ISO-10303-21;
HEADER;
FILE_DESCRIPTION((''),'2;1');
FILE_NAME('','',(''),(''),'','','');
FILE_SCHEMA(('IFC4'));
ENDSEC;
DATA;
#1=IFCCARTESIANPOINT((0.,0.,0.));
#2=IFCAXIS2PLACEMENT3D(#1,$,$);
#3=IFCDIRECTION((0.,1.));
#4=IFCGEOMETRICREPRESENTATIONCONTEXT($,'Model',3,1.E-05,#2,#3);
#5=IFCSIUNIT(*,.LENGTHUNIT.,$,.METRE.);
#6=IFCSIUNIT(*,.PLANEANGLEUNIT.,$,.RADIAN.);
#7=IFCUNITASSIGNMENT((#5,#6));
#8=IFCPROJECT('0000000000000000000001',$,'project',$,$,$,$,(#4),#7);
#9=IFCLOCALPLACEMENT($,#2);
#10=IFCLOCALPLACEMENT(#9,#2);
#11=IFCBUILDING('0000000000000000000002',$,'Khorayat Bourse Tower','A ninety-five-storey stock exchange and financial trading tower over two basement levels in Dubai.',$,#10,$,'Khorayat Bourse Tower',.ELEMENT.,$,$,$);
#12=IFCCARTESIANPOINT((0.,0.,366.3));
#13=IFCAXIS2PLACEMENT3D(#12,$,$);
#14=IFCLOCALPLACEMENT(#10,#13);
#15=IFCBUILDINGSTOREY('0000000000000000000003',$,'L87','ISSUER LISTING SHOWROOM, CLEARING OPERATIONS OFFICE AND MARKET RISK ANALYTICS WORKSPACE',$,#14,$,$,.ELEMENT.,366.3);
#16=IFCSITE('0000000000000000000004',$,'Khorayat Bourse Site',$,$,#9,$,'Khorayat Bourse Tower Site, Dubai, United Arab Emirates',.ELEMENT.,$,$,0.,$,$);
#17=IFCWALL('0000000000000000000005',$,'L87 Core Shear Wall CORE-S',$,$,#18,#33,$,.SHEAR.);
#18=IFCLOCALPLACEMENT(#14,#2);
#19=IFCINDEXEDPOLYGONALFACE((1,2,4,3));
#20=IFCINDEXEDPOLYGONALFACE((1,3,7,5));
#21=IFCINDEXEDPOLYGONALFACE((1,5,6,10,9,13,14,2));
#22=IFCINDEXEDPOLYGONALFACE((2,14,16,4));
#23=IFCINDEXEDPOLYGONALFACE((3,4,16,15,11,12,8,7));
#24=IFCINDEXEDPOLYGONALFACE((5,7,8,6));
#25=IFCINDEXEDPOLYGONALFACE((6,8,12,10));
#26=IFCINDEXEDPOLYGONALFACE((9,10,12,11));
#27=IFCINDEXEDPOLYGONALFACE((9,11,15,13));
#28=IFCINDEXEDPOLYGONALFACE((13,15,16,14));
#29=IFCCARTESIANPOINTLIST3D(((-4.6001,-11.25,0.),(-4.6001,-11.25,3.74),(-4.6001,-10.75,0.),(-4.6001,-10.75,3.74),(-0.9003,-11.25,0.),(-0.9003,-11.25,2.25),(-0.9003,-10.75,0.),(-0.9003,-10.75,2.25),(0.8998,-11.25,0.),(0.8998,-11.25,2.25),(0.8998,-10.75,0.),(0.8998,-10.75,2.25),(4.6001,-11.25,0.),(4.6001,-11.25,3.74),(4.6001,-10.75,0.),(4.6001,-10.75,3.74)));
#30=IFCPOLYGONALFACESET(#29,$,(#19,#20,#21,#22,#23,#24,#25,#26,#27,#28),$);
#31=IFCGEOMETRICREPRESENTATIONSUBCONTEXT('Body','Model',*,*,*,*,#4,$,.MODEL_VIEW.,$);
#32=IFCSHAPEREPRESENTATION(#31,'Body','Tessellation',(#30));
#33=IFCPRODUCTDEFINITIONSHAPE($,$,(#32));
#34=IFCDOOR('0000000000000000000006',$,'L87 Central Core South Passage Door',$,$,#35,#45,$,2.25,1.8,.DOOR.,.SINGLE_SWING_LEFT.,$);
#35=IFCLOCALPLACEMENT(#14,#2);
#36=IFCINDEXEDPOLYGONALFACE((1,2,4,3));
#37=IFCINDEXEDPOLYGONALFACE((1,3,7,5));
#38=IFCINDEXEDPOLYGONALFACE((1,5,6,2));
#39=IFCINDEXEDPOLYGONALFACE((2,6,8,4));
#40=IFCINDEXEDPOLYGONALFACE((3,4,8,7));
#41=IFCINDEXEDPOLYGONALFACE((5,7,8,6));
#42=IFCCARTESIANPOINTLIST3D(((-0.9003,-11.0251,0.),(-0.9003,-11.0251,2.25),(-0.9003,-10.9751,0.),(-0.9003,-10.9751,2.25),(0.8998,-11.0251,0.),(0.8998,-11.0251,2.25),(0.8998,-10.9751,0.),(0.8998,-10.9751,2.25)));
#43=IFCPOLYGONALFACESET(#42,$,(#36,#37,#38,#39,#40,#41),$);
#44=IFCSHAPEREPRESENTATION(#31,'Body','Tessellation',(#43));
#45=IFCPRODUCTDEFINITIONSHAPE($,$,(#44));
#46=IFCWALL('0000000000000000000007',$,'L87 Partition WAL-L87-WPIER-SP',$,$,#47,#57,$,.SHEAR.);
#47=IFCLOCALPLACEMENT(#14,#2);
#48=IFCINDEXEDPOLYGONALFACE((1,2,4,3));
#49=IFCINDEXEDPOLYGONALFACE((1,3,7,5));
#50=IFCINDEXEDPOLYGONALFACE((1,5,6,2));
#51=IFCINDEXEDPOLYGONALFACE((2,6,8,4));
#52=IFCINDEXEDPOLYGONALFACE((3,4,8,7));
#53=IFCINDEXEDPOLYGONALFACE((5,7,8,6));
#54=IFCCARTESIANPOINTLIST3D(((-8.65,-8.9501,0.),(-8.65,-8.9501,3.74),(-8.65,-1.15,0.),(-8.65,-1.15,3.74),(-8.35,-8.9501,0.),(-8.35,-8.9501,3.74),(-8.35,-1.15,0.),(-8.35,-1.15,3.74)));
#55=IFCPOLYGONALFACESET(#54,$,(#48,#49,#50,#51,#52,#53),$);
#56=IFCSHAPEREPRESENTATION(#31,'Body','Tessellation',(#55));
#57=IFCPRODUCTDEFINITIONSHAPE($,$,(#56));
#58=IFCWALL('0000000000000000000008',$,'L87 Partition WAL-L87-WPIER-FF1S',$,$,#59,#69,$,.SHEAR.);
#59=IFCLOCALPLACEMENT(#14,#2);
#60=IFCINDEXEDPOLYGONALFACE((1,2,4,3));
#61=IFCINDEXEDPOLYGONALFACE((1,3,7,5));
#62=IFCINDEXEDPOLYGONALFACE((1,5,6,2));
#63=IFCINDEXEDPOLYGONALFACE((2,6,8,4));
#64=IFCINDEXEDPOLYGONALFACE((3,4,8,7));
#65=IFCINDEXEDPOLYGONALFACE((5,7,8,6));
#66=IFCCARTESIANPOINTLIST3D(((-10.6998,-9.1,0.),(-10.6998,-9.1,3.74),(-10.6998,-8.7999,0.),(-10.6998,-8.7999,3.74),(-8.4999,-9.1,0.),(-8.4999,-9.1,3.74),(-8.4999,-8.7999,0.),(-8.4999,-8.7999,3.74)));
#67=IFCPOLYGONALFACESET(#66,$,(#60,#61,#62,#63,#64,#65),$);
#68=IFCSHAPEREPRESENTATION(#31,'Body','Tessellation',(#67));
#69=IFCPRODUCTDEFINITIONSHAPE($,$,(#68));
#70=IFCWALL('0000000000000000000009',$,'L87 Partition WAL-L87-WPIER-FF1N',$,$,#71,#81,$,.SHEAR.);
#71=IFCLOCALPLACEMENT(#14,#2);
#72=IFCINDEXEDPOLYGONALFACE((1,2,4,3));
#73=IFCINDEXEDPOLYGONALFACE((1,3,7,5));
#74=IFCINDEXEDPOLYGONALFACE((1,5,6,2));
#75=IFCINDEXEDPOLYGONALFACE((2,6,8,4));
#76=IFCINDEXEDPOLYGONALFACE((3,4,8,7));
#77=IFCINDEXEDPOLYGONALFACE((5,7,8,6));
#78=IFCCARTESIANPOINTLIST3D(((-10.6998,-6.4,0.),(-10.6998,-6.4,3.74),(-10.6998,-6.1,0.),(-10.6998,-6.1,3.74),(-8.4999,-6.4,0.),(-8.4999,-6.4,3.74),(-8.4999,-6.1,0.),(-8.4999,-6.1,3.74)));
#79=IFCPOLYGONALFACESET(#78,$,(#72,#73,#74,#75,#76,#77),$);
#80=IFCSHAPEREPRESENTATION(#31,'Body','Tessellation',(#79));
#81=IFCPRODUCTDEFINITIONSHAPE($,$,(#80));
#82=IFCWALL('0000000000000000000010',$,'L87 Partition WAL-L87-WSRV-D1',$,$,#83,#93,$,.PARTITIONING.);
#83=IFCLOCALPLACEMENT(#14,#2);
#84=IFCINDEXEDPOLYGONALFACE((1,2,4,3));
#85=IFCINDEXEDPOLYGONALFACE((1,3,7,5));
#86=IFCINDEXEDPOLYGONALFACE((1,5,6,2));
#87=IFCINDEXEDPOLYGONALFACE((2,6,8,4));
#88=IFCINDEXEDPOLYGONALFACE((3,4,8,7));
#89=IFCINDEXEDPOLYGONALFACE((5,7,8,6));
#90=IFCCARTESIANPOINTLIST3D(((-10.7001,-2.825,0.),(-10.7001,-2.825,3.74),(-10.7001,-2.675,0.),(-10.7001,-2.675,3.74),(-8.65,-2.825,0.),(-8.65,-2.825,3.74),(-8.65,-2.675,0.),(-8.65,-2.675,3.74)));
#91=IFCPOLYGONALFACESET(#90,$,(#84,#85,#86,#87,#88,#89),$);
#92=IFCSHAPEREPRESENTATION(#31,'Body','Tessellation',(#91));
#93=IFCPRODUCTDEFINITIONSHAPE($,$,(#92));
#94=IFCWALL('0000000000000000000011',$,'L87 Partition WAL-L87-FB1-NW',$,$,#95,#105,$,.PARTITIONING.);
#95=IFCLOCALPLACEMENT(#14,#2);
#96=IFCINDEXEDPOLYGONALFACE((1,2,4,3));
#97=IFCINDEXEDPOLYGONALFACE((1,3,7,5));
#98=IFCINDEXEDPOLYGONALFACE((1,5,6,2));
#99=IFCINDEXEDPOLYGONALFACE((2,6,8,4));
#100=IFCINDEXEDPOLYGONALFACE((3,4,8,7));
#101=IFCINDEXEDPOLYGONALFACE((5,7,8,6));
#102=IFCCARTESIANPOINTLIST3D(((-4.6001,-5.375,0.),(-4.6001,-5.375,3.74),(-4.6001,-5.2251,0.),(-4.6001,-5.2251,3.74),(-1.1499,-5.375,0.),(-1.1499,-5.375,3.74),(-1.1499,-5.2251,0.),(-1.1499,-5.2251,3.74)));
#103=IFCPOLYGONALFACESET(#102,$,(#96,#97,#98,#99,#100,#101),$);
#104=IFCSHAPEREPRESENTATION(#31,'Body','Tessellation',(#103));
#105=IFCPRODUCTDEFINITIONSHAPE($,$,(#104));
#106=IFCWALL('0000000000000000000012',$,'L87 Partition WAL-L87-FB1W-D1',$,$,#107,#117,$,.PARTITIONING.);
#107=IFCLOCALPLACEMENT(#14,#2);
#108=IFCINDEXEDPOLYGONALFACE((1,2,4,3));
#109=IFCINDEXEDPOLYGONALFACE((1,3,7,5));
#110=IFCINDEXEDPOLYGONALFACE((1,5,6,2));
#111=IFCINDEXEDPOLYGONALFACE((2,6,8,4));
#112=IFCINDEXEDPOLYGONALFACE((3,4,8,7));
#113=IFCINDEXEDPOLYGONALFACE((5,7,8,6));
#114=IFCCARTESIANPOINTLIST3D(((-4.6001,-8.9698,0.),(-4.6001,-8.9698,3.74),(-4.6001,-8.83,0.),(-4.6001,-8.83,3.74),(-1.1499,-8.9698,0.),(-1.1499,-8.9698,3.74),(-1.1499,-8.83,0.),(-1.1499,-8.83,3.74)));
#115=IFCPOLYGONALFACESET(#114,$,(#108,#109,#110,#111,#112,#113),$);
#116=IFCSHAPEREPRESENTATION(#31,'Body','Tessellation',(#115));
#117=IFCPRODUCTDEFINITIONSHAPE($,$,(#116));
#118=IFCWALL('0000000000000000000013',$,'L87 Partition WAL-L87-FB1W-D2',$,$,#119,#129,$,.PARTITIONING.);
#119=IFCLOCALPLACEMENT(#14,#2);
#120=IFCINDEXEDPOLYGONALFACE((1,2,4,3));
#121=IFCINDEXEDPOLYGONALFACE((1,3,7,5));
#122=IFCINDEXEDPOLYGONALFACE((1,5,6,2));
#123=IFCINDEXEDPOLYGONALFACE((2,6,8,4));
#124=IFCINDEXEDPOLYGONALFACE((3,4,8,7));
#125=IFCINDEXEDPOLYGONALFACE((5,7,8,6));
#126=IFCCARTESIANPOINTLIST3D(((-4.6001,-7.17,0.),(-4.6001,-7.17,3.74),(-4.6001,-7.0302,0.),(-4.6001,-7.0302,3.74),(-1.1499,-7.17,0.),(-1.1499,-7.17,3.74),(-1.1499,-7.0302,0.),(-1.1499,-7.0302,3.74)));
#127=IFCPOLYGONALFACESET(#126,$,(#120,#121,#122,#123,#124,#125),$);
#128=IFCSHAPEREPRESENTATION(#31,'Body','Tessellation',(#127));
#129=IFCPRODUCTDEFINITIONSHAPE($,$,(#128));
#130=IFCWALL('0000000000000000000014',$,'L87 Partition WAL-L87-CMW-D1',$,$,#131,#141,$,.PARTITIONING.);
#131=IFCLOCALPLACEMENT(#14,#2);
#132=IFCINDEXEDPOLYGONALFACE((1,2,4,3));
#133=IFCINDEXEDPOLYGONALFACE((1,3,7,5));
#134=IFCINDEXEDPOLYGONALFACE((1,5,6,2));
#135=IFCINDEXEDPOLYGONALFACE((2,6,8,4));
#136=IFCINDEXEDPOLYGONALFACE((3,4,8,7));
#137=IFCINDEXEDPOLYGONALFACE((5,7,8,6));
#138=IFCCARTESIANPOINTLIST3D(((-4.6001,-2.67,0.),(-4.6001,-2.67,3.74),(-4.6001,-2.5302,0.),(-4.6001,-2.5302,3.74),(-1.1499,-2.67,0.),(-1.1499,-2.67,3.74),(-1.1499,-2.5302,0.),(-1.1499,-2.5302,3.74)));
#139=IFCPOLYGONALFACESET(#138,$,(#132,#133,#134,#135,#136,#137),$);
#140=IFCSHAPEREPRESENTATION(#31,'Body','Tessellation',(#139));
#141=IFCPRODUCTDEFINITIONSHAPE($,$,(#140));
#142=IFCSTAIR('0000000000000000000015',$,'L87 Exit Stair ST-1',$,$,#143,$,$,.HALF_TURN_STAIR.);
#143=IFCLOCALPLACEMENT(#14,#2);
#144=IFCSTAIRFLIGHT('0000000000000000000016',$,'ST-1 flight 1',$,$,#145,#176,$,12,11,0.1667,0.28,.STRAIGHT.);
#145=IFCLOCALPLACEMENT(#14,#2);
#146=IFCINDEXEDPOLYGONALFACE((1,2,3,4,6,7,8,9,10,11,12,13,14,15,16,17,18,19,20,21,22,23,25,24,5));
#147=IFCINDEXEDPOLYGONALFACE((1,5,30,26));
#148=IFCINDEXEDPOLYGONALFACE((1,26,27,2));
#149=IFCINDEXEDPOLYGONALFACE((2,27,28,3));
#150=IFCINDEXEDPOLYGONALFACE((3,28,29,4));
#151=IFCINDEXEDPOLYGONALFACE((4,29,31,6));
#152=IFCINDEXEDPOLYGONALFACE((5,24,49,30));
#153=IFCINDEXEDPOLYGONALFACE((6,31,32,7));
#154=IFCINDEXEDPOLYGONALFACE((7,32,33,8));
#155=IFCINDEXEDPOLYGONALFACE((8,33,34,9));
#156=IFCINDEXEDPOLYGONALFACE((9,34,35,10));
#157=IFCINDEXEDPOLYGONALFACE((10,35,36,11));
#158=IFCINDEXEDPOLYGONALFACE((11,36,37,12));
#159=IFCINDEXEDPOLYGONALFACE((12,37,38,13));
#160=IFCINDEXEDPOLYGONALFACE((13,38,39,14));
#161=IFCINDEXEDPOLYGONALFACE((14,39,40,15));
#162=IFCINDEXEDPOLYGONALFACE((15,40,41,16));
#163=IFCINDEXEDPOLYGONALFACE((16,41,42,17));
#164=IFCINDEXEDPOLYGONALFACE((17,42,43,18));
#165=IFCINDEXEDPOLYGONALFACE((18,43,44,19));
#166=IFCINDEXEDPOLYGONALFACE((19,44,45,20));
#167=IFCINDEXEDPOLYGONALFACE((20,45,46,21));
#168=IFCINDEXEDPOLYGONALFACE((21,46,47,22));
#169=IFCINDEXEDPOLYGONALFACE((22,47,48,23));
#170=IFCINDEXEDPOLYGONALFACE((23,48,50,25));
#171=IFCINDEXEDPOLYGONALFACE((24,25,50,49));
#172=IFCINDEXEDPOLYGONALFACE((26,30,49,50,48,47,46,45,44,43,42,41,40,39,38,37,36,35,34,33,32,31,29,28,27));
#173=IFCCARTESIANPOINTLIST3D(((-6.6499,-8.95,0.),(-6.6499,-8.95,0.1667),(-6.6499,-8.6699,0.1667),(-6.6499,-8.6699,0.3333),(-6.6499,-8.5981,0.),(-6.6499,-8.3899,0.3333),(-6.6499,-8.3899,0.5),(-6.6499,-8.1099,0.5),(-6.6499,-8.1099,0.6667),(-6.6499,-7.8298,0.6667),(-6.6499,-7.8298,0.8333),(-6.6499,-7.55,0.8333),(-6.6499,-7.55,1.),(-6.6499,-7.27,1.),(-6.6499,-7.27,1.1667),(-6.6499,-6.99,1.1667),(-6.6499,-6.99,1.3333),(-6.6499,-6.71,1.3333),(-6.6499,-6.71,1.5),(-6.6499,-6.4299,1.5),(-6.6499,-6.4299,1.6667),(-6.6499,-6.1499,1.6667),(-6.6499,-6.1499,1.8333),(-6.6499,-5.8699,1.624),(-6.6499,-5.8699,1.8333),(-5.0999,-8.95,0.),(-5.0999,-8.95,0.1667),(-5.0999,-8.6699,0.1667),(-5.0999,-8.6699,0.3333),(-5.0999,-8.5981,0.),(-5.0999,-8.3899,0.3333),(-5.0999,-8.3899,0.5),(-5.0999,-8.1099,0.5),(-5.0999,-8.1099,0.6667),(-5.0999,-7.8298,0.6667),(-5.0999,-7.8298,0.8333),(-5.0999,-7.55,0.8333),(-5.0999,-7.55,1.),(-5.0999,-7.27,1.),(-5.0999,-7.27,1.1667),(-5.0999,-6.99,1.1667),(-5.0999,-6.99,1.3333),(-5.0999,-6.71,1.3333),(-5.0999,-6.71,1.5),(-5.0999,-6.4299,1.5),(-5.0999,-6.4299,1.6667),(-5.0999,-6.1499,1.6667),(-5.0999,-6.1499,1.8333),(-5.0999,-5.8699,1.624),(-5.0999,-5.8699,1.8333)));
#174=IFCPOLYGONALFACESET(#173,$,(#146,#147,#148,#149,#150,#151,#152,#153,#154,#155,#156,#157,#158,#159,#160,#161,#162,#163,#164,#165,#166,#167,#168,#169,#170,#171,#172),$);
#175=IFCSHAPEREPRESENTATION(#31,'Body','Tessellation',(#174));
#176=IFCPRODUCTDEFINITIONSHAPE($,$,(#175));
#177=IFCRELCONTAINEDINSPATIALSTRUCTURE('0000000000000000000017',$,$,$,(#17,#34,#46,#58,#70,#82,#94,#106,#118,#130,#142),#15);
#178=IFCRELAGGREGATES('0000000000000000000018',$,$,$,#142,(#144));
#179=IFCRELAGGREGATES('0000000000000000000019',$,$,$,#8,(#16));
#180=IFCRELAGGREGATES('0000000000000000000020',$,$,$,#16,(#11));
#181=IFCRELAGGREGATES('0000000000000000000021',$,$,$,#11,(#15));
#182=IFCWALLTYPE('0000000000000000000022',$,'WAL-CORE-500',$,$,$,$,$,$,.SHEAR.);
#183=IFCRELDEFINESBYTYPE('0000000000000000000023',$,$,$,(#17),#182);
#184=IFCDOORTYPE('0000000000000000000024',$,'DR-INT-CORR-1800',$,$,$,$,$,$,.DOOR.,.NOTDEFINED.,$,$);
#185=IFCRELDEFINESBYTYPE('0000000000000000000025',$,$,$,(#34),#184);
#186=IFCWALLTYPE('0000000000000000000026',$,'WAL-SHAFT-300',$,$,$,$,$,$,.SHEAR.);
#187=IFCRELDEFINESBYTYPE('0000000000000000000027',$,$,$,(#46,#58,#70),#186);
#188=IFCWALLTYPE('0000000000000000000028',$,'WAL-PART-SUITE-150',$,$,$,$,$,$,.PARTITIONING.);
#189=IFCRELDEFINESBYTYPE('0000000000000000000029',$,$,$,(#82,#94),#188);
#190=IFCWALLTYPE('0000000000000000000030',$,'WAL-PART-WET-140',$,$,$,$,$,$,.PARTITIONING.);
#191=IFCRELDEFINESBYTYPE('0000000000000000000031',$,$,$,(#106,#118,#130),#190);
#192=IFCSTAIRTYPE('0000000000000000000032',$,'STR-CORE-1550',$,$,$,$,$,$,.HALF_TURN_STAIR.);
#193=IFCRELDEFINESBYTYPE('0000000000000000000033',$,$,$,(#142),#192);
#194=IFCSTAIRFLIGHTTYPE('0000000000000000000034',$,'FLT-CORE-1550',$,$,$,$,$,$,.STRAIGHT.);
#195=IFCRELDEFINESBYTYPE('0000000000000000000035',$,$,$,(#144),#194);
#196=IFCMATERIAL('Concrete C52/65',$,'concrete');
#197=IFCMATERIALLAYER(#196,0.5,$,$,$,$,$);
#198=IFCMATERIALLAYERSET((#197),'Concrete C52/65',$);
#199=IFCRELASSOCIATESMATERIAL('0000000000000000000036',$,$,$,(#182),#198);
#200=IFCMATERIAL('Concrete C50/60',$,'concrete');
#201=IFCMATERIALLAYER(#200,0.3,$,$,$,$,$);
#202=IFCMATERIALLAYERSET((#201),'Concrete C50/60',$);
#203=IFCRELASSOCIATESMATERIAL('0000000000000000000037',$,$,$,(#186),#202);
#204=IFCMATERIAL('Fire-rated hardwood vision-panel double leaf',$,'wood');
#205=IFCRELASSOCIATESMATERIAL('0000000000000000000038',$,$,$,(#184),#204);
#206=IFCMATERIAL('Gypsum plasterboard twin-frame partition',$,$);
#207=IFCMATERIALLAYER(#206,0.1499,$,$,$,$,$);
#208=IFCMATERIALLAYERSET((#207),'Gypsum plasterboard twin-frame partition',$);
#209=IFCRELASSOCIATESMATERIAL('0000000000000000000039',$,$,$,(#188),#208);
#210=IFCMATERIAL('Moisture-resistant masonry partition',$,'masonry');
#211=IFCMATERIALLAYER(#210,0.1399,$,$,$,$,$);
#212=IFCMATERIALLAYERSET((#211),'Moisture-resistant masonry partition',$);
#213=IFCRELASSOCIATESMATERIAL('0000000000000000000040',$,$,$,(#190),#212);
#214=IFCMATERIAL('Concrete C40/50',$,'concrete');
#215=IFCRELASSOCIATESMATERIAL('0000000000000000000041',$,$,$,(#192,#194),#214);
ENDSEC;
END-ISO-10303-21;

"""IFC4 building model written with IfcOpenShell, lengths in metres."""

from ifc_helpers import new_model, si_unit, direction, frame, frame_2d, origin, place, context, subcontext, project, spatial, polyline, rectangle, outline, extrude, source, transform, mapped, material, layer, layer_set, type_object, element, fill, aggregate, save


model = new_model("IFC4")

# Units and contexts
model_context = context("Model", 3, precision=1e-05, world=origin(), true_north=direction((0.0, 1.0)))
body_context = subcontext(model_context, "Body", "Model", "MODEL_VIEW")
ifc_project = project(units=[si_unit("LENGTHUNIT", "METRE"), si_unit("PLANEANGLEUNIT", "RADIAN")], contexts=[model_context])

# Site, building, storey
site_placement = place(None, origin())
site = spatial("IfcSite", under=ifc_project, at=site_placement, Name="Khorayat Bourse Site", LongName="Khorayat Bourse Tower Site, Dubai, United Arab Emirates", CompositionType="ELEMENT", RefElevation=0.0)
building_placement = place(site_placement, origin())
building = spatial("IfcBuilding", under=site, at=building_placement, Name="Khorayat Bourse Tower", Description="A ninety-five-storey stock exchange and financial trading tower over two basement levels in Dubai.", LongName="Khorayat Bourse Tower", CompositionType="ELEMENT")
storey_placement = place(building_placement, frame((0.0, 0.0, 366.3)))
storey = spatial("IfcBuildingStorey", under=building, at=storey_placement, Name="L87", Description="ISSUER LISTING SHOWROOM, CLEARING OPERATIONS OFFICE AND MARKET RISK ANALYTICS WORKSPACE", CompositionType="ELEMENT", Elevation=366.3)

# Shared definitions
ifc_material_1 = material(Name="Concrete C52/65", Category="concrete")

# Shared definitions
ifc_layer_1 = layer(ifc_material_1, 0.5)
ifc_layer_set_1 = layer_set([ifc_layer_1], Name="Concrete C52/65")
wall_type_1 = type_object("IfcWallType", Name="WAL-CORE-500", PredefinedType="SHEAR", material=ifc_layer_set_1)
ifc_material_2 = material(Name="Concrete C50/60", Category="concrete")
ifc_layer_2 = layer(ifc_material_2, 0.3)
ifc_layer_set_2 = layer_set([ifc_layer_2], Name="Concrete C50/60")
wall_type_2 = type_object("IfcWallType", Name="WAL-SHAFT-300", PredefinedType="SHEAR", material=ifc_layer_set_2)

# Wall, opening, door
shared_shape_1 = source(origin(), body_context, "Body", "SweptSolid", [
    extrude(rectangle(XDim=9.2002, YDim=0.5, at=frame_2d((4.6001, 0.0))), origin(), (0.0, 0.0, 1.0), 3.74),
])
wall_1_placement = place(storey_placement, frame((-4.6001, -11.0, 0.0), z_axis=(0.0, 0.0, 1.0), x_axis=(1.0, 0.0, 0.0)))
wall_1 = element("IfcWall", 1, at=wall_1_placement, inside=storey, type_object=wall_type_1, Name="L87 Core Shear Wall CORE-S", PredefinedType="SHEAR", context=body_context, shape_type="MappedRepresentation", body=[
    mapped(shared_shape_1, transform((0.0, 0.0, 0.0), scale=1.0)),
])
shared_shape_2 = source(origin(), body_context, "Body", "SweptSolid", [
    extrude(rectangle(XDim=1.8, YDim=2.25, at=frame_2d((0.8999, 1.125))), frame((0.0, 0.26, 0.0), z_axis=(0.0, -1.0, 0.0), x_axis=(1.0, 0.0, 0.0)), (0.0, 0.0, 1.0), 0.52),
])
opening_placement = place(wall_1_placement, frame((3.7, 0.0, 0.0)))
opening = element("IfcOpeningElement", 2, at=opening_placement, cuts=wall_1, PredefinedType="OPENING", context=body_context, shape_type="MappedRepresentation", body=[
    mapped(shared_shape_2, transform((0.0, 0.0, 0.0), scale=1.0)),
])
ifc_material_3 = material(Name="Fire-rated hardwood vision-panel double leaf", Category="wood")
door_type = type_object("IfcDoorType", Name="DR-INT-CORR-1800", OperationType="NOTDEFINED", PredefinedType="DOOR", material=ifc_material_3)
shared_shape_3 = source(origin(), body_context, "Body", "SweptSolid", [
    extrude(rectangle(XDim=1.8, YDim=2.25, at=frame_2d((0.8999, 1.125))), frame((0.0, 0.0249, 0.0), z_axis=(0.0, -1.0, 0.0), x_axis=(1.0, 0.0, 0.0)), (0.0, 0.0, 1.0), 0.05),
])
door_placement = place(opening_placement, origin())
door = element("IfcDoor", 3, at=door_placement, inside=storey, type_object=door_type, Name="L87 Central Core South Passage Door", OperationType="SINGLE_SWING_LEFT", OverallHeight=2.25, OverallWidth=1.8, PredefinedType="DOOR", context=body_context, shape_type="MappedRepresentation", body=[
    mapped(shared_shape_3, transform((0.0, 0.0, 0.0), scale=1.0)),
])
fill(opening, door)

# Walls
shared_shape_4 = source(origin(), body_context, "Body", "SweptSolid", [
    extrude(rectangle(XDim=7.8, YDim=0.3, at=frame_2d((3.8999, 0.0))), origin(), (0.0, 0.0, 1.0), 3.74),
])
wall_2_placement = place(storey_placement, frame((-8.5, -8.95, 0.0), z_axis=(0.0, 0.0, 1.0), x_axis=(0.0, 1.0, 0.0)))
element("IfcWall", 4, at=wall_2_placement, inside=storey, type_object=wall_type_2, Name="L87 Partition WAL-L87-WPIER-SP", PredefinedType="SHEAR", context=body_context, shape_type="MappedRepresentation", body=[
    mapped(shared_shape_4, transform((0.0, 0.0, 0.0), scale=1.0)),
])
shared_shape_5 = source(origin(), body_context, "Body", "SweptSolid", [
    extrude(rectangle(XDim=2.2, YDim=0.3, at=frame_2d((1.1001, 0.0))), origin(), (0.0, 0.0, 1.0), 3.74),
])
for number, where, z_axis, x_axis, name in (
    (5, (-10.7, -8.95, 0.0), (0.0, 0.0, 1.0), (1.0, 0.0, 0.0), "L87 Partition WAL-L87-WPIER-FF1S"),
    (6, (-10.7, -6.25, 0.0), (0.0, 0.0, 1.0), (1.0, 0.0, 0.0), "L87 Partition WAL-L87-WPIER-FF1N"),
):
    element("IfcWall", number, at=place(storey_placement, frame(where, z_axis=z_axis, x_axis=x_axis)), inside=storey, type_object=wall_type_2, Name=name, PredefinedType="SHEAR", context=body_context, shape_type="MappedRepresentation", body=[
        mapped(shared_shape_5, transform((0.0, 0.0, 0.0), scale=1.0)),
    ])
ifc_material_4 = material(Name="Gypsum plasterboard twin-frame partition")
ifc_layer_3 = layer(ifc_material_4, 0.1499)
ifc_layer_set_3 = layer_set([ifc_layer_3], Name="Gypsum plasterboard twin-frame partition")
wall_type_3 = type_object("IfcWallType", Name="WAL-PART-SUITE-150", PredefinedType="PARTITIONING", material=ifc_layer_set_3)
shared_shape_6 = source(origin(), body_context, "Body", "SweptSolid", [
    extrude(rectangle(XDim=2.05, YDim=0.1499, at=frame_2d((1.0249, 0.0))), origin(), (0.0, 0.0, 1.0), 3.74),
])
wall_3_placement = place(storey_placement, frame((-10.7, -2.75, 0.0), z_axis=(0.0, 0.0, 1.0), x_axis=(1.0, 0.0, 0.0)))
element("IfcWall", 7, at=wall_3_placement, inside=storey, type_object=wall_type_3, Name="L87 Partition WAL-L87-WSRV-D1", PredefinedType="PARTITIONING", context=body_context, shape_type="MappedRepresentation", body=[
    mapped(shared_shape_6, transform((0.0, 0.0, 0.0), scale=1.0)),
])
shared_shape_7 = source(origin(), body_context, "Body", "SweptSolid", [
    extrude(rectangle(XDim=3.4502, YDim=0.1499, at=frame_2d((1.7251, 0.0))), origin(), (0.0, 0.0, 1.0), 3.74),
])
wall_4_placement = place(storey_placement, frame((-4.6001, -5.3, 0.0), z_axis=(0.0, 0.0, 1.0), x_axis=(1.0, 0.0, 0.0)))
element("IfcWall", 8, at=wall_4_placement, inside=storey, type_object=wall_type_3, Name="L87 Partition WAL-L87-FB1-NW", PredefinedType="PARTITIONING", context=body_context, shape_type="MappedRepresentation", body=[
    mapped(shared_shape_7, transform((0.0, 0.0, 0.0), scale=1.0)),
])
ifc_material_5 = material(Name="Moisture-resistant masonry partition", Category="masonry")
ifc_layer_4 = layer(ifc_material_5, 0.1399)
ifc_layer_set_4 = layer_set([ifc_layer_4], Name="Moisture-resistant masonry partition")
wall_type_4 = type_object("IfcWallType", Name="WAL-PART-WET-140", PredefinedType="PARTITIONING", material=ifc_layer_set_4)
shared_shape_8 = source(origin(), body_context, "Body", "SweptSolid", [
    extrude(rectangle(XDim=3.4502, YDim=0.1399, at=frame_2d((1.7251, 0.0))), origin(), (0.0, 0.0, 1.0), 3.74),
])
for number, where, z_axis, x_axis, name in (
    (9, (-4.6001, -8.8999, 0.0), (0.0, 0.0, 1.0), (1.0, 0.0, 0.0), "L87 Partition WAL-L87-FB1W-D1"),
    (10, (-4.6001, -7.1001, 0.0), (0.0, 0.0, 1.0), (1.0, 0.0, 0.0), "L87 Partition WAL-L87-FB1W-D2"),
    (11, (-4.6001, -2.6001, 0.0), (0.0, 0.0, 1.0), (1.0, 0.0, 0.0), "L87 Partition WAL-L87-CMW-D1"),
):
    element("IfcWall", number, at=place(storey_placement, frame(where, z_axis=z_axis, x_axis=x_axis)), inside=storey, type_object=wall_type_4, Name=name, PredefinedType="PARTITIONING", context=body_context, shape_type="MappedRepresentation", body=[
        mapped(shared_shape_8, transform((0.0, 0.0, 0.0), scale=1.0)),
    ])

# Stair, stair flight
ifc_material_6 = material(Name="Concrete C40/50", Category="concrete")
stair_type = type_object("IfcStairType", Name="STR-CORE-1550", PredefinedType="HALF_TURN_STAIR", material=ifc_material_6)
stair_placement = place(storey_placement, origin())
stair = element("IfcStair", 12, at=stair_placement, inside=storey, type_object=stair_type, Name="L87 Exit Stair ST-1", PredefinedType="HALF_TURN_STAIR")
stair_flight_type = type_object("IfcStairFlightType", Name="FLT-CORE-1550", PredefinedType="STRAIGHT", material=ifc_material_6)
shared_shape_9 = source(origin(), body_context, "Body", "SweptSolid", [
    extrude(outline(polyline([(0.0, 0.0), (0.0, 0.1667), (0.28, 0.1667), (0.28, 0.3333), (0.5601, 0.3333), (0.5601, 0.5), (0.8401, 0.5), (0.8401, 0.6667), (1.1201, 0.6667), (1.1201, 0.8333), (1.3999, 0.8333), (1.3999, 1.0), (1.6799, 1.0), (1.6799, 1.1667), (1.96, 1.1667), (1.96, 1.3333), (2.24, 1.3333), (2.24, 1.5), (2.52, 1.5), (2.52, 1.6667), (2.8, 1.6667), (2.8, 1.8333), (3.0801, 1.8333), (3.0801, 2.0), (3.0801, 1.624), (0.3518, 0.0), (0.0, 0.0)])), frame((0.0, 0.7749, 0.0), z_axis=(0.0, -1.0, 0.0), x_axis=(1.0, 0.0, 0.0)), (0.0, 0.0, 1.0), 1.55),
])
stair_flight_1_placement = place(storey_placement, frame((-5.875, -8.95, 0.0), z_axis=(0.0, 0.0, 1.0), x_axis=(0.0, 1.0, 0.0)))
stair_flight_1 = element("IfcStairFlight", 13, at=stair_flight_1_placement, type_object=stair_flight_type, Name="ST-1 flight 1", NumberOfRisers=12, NumberOfTreads=11, PredefinedType="STRAIGHT", RiserHeight=0.1667, TreadLength=0.28, context=body_context, shape_type="MappedRepresentation", body=[
    mapped(shared_shape_9, transform((0.0, 0.0, 0.0), scale=1.0)),
])
aggregate(stair, [stair_flight_1])

save(model, "model.ifc")
